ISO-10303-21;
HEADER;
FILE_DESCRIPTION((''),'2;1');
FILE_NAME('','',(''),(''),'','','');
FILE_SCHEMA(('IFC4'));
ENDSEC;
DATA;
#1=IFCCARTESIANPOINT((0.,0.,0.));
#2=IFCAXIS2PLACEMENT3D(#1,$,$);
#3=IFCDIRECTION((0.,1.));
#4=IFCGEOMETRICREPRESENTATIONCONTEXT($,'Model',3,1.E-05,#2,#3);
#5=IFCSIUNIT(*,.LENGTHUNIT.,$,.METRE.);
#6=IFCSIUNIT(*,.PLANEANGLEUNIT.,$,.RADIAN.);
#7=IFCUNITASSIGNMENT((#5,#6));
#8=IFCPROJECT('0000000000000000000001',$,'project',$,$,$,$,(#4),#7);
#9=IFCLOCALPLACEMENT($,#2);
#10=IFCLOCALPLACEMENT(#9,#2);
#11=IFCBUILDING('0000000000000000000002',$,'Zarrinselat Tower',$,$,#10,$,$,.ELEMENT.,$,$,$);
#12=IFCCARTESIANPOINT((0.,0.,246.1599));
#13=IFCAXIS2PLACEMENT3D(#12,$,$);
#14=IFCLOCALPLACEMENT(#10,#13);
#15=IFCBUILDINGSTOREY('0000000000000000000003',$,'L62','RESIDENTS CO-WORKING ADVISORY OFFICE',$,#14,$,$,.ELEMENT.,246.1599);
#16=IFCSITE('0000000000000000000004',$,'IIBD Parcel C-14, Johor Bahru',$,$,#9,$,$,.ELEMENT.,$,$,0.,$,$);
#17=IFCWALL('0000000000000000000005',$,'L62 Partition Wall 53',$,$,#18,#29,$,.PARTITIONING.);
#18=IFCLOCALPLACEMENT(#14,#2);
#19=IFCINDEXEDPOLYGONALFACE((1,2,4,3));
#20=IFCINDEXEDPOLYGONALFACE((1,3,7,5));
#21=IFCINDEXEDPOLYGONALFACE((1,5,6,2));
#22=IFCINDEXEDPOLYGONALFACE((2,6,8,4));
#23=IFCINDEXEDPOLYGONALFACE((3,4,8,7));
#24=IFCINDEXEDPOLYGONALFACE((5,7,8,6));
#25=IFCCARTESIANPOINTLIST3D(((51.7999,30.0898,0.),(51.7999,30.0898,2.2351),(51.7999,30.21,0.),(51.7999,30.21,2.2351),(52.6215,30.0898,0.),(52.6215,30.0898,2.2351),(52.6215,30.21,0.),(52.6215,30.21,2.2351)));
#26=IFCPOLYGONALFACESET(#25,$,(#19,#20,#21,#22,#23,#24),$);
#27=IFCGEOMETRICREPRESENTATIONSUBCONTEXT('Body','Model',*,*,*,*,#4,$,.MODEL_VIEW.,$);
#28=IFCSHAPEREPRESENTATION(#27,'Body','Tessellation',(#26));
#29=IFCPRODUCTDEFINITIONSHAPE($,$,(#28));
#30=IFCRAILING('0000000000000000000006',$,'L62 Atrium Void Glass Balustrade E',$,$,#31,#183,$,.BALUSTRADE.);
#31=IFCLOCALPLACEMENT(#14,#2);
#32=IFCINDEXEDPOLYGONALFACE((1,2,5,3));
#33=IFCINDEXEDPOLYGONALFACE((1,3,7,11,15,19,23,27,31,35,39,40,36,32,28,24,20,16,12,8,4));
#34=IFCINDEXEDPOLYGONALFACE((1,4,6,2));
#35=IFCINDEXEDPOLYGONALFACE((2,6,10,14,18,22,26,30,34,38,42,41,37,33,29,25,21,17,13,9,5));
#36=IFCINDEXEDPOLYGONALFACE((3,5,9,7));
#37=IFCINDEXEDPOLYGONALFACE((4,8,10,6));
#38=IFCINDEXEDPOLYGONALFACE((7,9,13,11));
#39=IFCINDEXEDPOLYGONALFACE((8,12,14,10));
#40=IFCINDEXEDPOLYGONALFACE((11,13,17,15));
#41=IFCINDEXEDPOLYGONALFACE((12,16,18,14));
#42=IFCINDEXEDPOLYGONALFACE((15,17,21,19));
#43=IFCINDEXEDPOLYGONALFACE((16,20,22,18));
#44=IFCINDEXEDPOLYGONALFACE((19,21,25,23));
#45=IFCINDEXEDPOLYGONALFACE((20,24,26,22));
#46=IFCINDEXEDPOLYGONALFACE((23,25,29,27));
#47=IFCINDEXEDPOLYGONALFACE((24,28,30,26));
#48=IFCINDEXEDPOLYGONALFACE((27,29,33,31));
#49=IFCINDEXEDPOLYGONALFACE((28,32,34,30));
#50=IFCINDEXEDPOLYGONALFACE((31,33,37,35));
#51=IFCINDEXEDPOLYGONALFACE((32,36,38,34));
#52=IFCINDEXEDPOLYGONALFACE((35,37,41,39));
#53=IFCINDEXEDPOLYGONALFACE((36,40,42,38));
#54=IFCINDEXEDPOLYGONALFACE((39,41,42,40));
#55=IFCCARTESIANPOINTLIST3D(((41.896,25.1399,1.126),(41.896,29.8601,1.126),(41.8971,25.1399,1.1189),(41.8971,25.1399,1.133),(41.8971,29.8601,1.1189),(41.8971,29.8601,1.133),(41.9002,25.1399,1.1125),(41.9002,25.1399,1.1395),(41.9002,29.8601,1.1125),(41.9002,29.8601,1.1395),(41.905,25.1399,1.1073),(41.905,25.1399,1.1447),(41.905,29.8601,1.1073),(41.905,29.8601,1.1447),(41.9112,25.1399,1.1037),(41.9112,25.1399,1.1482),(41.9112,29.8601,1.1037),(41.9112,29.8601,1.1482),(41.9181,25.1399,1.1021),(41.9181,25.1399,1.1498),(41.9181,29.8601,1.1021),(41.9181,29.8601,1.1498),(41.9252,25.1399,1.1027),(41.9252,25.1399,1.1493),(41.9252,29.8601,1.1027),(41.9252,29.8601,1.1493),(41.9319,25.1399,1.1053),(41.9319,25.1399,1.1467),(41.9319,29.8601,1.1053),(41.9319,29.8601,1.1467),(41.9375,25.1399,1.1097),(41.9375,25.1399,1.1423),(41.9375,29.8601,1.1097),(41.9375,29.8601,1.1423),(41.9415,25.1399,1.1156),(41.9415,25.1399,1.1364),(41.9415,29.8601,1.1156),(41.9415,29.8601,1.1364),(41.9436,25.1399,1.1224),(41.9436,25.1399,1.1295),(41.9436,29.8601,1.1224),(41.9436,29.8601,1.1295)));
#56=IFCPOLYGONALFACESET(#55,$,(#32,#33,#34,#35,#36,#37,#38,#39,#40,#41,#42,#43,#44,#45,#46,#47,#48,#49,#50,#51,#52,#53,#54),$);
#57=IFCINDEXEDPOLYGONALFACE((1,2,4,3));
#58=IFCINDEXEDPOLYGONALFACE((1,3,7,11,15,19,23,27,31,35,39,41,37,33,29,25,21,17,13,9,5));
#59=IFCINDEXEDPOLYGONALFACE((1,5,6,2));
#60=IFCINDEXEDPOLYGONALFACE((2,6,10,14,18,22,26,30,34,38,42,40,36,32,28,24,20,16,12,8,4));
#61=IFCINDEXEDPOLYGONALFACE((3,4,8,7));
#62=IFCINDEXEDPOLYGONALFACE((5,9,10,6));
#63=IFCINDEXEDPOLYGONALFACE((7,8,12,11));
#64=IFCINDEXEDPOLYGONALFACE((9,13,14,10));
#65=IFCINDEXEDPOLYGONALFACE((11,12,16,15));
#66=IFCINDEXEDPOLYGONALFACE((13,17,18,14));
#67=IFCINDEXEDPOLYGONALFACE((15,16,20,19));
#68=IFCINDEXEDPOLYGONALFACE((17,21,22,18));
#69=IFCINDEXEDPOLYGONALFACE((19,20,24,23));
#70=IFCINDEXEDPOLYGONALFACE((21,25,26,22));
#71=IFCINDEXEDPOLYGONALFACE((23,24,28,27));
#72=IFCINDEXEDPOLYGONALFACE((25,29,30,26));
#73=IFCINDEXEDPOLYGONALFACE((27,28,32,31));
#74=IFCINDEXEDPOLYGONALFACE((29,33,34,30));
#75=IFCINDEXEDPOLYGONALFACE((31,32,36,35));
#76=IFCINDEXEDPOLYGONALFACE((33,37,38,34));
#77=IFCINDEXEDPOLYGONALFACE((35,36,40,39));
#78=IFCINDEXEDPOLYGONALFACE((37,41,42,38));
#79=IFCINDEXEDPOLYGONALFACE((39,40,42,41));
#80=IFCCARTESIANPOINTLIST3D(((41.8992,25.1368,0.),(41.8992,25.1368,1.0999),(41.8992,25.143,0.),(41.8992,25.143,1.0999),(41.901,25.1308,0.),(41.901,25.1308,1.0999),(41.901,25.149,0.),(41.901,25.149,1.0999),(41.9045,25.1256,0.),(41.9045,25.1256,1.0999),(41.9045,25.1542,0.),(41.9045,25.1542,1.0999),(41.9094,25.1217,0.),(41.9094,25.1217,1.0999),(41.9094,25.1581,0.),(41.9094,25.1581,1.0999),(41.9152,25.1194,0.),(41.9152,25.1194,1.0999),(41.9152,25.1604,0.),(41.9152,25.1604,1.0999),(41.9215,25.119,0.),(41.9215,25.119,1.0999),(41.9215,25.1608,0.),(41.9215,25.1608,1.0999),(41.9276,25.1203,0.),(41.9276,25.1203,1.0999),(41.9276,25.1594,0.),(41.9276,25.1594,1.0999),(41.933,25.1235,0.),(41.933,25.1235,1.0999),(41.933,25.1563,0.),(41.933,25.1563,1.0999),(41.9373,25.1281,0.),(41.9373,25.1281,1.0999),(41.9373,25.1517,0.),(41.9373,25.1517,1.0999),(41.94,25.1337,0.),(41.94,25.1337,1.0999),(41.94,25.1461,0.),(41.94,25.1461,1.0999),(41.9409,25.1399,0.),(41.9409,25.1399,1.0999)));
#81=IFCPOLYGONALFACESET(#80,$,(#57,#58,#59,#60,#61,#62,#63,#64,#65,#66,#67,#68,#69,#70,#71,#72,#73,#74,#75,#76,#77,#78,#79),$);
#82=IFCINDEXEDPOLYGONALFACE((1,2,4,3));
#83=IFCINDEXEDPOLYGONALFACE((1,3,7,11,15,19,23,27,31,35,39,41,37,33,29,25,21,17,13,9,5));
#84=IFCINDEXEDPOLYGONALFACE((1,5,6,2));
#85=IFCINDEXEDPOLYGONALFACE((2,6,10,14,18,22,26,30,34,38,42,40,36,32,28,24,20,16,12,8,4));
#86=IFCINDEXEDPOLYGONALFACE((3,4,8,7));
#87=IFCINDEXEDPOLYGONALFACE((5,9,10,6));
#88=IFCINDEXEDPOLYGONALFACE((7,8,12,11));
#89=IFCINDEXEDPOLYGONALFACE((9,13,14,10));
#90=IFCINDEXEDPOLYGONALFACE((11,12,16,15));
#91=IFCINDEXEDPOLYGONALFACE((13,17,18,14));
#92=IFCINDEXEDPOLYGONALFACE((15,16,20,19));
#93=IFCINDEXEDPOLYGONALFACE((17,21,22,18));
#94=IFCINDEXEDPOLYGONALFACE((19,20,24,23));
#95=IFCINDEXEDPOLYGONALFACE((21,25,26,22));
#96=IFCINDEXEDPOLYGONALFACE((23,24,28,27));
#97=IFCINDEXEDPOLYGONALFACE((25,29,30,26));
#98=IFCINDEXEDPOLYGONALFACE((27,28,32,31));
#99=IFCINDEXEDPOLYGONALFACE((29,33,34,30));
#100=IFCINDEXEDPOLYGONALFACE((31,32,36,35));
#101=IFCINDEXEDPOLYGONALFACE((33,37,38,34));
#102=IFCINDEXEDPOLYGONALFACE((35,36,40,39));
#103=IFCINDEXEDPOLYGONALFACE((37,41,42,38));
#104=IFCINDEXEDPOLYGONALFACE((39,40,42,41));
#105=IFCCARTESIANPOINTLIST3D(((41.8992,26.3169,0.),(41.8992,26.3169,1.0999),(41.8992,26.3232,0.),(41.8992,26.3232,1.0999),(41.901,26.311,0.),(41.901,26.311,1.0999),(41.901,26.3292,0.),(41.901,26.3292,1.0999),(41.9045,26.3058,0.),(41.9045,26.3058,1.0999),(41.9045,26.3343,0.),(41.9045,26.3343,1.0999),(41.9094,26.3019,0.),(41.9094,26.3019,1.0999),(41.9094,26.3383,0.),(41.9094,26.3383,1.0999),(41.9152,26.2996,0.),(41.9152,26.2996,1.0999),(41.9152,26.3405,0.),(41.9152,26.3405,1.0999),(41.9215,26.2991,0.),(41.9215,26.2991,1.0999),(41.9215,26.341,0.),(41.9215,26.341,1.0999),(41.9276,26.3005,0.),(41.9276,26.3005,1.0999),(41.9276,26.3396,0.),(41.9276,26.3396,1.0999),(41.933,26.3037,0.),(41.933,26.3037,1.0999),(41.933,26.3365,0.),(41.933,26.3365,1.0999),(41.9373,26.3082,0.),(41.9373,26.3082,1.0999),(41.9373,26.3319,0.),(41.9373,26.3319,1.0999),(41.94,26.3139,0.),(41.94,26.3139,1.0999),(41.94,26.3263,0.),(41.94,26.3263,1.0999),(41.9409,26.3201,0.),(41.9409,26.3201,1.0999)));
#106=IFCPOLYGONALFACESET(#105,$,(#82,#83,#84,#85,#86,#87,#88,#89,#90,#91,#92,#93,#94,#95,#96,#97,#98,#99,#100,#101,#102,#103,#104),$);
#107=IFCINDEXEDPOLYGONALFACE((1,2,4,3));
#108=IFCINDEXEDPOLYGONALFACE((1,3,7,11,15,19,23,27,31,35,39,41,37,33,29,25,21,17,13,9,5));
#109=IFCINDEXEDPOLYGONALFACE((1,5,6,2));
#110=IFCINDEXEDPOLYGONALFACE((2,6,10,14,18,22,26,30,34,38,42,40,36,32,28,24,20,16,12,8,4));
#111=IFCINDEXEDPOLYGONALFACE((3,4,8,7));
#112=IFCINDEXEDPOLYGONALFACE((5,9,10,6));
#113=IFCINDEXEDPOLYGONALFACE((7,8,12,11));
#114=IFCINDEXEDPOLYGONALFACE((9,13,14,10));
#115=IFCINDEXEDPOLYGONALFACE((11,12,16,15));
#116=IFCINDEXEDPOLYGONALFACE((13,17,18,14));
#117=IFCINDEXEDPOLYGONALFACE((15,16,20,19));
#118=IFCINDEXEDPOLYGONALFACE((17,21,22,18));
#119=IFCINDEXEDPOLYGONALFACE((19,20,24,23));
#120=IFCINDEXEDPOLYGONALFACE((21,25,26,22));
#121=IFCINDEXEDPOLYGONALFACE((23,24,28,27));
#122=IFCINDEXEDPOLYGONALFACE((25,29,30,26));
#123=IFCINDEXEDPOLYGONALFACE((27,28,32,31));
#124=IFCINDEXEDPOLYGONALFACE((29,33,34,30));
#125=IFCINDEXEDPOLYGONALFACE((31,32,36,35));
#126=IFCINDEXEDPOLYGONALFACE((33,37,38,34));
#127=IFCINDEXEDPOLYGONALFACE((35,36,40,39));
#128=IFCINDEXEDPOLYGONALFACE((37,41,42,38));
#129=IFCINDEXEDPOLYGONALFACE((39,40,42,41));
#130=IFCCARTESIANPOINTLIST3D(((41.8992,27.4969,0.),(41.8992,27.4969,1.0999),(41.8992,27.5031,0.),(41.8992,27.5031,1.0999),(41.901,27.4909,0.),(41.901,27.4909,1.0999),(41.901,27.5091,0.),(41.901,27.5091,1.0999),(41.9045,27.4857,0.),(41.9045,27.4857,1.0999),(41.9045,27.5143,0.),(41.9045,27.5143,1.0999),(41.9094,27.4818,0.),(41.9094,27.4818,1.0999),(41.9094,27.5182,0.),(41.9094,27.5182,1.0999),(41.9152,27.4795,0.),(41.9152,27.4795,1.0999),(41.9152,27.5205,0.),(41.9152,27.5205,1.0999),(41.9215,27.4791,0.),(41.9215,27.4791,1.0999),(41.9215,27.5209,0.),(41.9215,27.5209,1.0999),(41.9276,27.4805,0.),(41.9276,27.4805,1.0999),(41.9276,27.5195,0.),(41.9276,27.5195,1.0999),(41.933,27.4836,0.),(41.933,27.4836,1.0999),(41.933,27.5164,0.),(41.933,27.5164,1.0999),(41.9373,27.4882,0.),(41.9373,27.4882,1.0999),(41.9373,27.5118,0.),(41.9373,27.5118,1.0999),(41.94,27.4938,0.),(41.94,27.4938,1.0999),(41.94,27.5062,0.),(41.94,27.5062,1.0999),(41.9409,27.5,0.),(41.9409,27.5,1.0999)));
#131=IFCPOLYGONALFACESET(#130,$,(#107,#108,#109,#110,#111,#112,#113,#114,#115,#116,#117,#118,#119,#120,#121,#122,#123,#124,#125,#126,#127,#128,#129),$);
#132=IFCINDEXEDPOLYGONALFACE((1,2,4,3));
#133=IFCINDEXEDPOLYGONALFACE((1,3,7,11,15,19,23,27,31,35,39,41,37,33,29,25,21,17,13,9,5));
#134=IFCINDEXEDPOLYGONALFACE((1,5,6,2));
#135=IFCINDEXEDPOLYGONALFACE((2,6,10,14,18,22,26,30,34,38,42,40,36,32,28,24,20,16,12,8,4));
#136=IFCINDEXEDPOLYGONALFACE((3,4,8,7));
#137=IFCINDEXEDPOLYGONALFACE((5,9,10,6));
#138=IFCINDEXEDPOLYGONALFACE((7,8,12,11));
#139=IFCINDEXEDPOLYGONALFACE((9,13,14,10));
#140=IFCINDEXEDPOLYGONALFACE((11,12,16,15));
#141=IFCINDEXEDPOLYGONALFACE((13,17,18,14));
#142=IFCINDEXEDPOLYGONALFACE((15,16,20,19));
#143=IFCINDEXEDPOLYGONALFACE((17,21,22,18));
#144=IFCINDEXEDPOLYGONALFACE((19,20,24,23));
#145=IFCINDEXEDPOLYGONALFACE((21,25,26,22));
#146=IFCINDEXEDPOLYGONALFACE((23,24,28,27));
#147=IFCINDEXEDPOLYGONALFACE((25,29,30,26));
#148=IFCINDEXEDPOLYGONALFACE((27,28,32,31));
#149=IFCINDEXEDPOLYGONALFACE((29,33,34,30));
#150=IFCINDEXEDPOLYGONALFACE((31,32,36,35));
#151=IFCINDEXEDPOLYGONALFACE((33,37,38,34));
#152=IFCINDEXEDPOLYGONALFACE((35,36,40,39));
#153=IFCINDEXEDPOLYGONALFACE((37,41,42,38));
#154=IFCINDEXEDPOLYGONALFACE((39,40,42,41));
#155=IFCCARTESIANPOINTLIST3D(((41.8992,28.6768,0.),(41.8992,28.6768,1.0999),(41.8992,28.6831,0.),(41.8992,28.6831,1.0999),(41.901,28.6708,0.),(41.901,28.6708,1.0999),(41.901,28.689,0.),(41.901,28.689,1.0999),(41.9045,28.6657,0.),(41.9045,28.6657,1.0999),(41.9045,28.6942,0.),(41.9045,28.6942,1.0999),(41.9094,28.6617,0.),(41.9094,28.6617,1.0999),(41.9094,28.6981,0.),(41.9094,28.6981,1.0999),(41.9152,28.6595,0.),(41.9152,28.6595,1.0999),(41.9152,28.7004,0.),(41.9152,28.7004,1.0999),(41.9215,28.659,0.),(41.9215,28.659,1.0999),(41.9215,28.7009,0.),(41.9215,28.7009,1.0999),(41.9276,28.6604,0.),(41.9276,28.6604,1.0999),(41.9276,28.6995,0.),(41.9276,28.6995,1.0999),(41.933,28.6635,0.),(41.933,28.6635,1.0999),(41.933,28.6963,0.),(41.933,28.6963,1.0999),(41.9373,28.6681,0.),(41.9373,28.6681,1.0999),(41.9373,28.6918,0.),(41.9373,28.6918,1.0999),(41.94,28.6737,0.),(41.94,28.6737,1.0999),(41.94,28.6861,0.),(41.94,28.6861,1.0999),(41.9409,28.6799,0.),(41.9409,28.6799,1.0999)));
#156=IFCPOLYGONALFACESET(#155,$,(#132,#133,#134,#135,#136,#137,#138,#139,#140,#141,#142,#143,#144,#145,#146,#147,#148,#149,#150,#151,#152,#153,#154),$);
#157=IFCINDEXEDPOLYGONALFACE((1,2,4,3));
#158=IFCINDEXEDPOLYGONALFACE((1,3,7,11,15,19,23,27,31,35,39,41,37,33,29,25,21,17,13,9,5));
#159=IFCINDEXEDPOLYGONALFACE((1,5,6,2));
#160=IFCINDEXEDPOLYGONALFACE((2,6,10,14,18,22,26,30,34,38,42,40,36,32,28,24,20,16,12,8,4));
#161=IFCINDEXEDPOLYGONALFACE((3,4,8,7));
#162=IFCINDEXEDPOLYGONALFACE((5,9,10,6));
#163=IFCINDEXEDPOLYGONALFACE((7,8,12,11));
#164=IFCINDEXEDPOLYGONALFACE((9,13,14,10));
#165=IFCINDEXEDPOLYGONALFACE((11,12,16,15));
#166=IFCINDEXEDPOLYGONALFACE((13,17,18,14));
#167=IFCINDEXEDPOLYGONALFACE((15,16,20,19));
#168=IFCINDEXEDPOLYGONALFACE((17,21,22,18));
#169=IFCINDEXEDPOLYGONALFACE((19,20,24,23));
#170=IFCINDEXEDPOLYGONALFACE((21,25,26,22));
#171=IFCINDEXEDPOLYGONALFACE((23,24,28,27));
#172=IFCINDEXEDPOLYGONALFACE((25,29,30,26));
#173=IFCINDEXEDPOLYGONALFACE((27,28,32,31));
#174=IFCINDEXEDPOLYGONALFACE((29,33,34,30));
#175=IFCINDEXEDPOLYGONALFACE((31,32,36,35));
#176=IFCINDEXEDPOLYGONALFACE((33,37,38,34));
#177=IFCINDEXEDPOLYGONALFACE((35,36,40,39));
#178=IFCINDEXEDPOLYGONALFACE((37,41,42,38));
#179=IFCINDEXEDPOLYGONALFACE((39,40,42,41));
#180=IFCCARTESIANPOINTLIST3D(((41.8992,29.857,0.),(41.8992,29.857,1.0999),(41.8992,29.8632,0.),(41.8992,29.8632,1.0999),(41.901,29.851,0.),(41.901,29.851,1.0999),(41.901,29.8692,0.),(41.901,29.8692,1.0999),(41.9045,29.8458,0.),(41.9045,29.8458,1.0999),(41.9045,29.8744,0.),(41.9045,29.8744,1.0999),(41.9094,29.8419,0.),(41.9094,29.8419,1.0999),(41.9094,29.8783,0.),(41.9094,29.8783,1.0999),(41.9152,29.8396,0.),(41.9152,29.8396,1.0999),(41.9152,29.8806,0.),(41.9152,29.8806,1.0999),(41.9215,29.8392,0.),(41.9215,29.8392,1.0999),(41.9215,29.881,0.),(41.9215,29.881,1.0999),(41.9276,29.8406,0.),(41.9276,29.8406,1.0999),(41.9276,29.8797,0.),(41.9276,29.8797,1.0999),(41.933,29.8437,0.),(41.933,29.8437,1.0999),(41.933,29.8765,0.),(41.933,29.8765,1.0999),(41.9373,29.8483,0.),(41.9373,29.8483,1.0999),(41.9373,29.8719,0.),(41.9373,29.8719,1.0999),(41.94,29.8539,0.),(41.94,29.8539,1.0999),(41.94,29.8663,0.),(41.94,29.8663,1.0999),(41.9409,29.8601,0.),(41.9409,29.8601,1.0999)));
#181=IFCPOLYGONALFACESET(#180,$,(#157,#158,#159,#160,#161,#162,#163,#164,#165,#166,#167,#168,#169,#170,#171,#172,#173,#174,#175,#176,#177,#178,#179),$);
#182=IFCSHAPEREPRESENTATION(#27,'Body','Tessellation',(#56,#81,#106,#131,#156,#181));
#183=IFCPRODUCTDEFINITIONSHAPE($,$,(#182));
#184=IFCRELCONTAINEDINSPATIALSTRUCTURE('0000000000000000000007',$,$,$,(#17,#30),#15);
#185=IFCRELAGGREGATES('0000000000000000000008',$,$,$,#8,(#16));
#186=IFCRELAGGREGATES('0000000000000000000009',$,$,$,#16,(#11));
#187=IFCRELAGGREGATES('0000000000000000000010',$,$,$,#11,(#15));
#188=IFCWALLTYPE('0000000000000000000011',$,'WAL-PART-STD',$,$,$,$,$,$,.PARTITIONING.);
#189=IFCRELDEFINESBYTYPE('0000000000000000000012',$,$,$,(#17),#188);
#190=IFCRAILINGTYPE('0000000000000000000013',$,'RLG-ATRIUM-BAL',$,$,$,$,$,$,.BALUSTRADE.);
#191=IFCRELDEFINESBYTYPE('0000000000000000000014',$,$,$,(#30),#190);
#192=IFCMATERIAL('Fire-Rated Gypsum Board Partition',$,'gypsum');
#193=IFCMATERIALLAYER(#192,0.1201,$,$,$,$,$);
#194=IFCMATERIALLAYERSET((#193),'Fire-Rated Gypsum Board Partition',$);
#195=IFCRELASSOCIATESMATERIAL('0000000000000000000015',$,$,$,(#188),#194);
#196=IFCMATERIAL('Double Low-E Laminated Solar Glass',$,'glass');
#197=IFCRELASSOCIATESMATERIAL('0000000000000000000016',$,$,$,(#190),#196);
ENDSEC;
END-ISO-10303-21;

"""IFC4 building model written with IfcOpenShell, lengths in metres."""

from ifc_helpers import new_model, si_unit, direction, frame, frame_2d, origin, origin_2d, place, context, subcontext, project, spatial, rectangle, circle, extrude, material, layer, layer_set, type_object, element, save


model = new_model("IFC4")

# Units and contexts
model_context = context("Model", 3, precision=1e-05, world=origin(), true_north=direction((0.0, 1.0)))
body_context = subcontext(model_context, "Body", "Model", "MODEL_VIEW")
ifc_project = project(units=[si_unit("LENGTHUNIT", "METRE"), si_unit("PLANEANGLEUNIT", "RADIAN")], contexts=[model_context])

# Site, building, storey
site_placement = place(None, origin())
site = spatial("IfcSite", under=ifc_project, at=site_placement, Name="IIBD Parcel C-14, Johor Bahru", CompositionType="ELEMENT", RefElevation=0.0)
building_placement = place(site_placement, origin())
building = spatial("IfcBuilding", under=site, at=building_placement, Name="Zarrinselat Tower", CompositionType="ELEMENT")
storey_placement = place(building_placement, frame((0.0, 0.0, 246.1599)))
storey = spatial("IfcBuildingStorey", under=building, at=storey_placement, Name="L62", Description="RESIDENTS CO-WORKING ADVISORY OFFICE", CompositionType="ELEMENT", Elevation=246.1599)

# Wall
ifc_material_1 = material(Name="Fire-Rated Gypsum Board Partition", Category="gypsum")
ifc_layer_1 = layer(ifc_material_1, 0.1201)
ifc_layer_set_1 = layer_set([ifc_layer_1], Name="Fire-Rated Gypsum Board Partition")
wall_type_1 = type_object("IfcWallType", Name="WAL-PART-STD", PredefinedType="PARTITIONING", material=ifc_layer_set_1)
wall_1_placement = place(storey_placement, frame((51.8, 30.1499, 0.0), z_axis=(0.0, 0.0, 1.0), x_axis=(1.0, 0.0, 0.0)))
element("IfcWall", 1, at=wall_1_placement, inside=storey, type_object=wall_type_1, Name="L62 Partition Wall 53", PredefinedType="PARTITIONING", context=body_context, shape_type="SweptSolid", body=[
    extrude(rectangle(XDim=0.8215, YDim=0.1201, at=frame_2d((0.4106, 0.0))), origin(), (0.0, 0.0, 1.0), 2.2351),
])

# Railing
ifc_material_2 = material(Name="Double Low-E Laminated Solar Glass", Category="glass")
railing_type = type_object("IfcRailingType", Name="RLG-ATRIUM-BAL", PredefinedType="BALUSTRADE", material=ifc_material_2)
railing_1_placement = place(storey_placement, frame((41.9199, 25.1399, 0.0)))
element("IfcRailing", 2, at=railing_1_placement, inside=storey, type_object=railing_type, Name="L62 Atrium Void Glass Balustrade E", PredefinedType="BALUSTRADE", context=body_context, shape_type="SweptSolid", body=[
    extrude(circle(Radius=0.0239, at=origin_2d()), frame((0.0, 0.0, 1.126), z_axis=(0.0, 1.0, 0.0), x_axis=(-1.0, 0.0, 0.0)), (0.0, 0.0, 1.0), 4.7202),
    extrude(circle(Radius=0.021, at=origin_2d()), origin(), (0.0, 0.0, 1.0), 1.0999),
    extrude(circle(Radius=0.021, at=origin_2d()), frame((0.0, 1.1802, 0.0)), (0.0, 0.0, 1.0), 1.0999),
    extrude(circle(Radius=0.021, at=origin_2d()), frame((0.0, 2.3601, 0.0)), (0.0, 0.0, 1.0), 1.0999),
    extrude(circle(Radius=0.021, at=origin_2d()), frame((0.0, 3.54, 0.0)), (0.0, 0.0, 1.0), 1.0999),
    extrude(circle(Radius=0.021, at=origin_2d()), frame((0.0, 4.7202, 0.0)), (0.0, 0.0, 1.0), 1.0999),
])

save(model, "model.ifc")
